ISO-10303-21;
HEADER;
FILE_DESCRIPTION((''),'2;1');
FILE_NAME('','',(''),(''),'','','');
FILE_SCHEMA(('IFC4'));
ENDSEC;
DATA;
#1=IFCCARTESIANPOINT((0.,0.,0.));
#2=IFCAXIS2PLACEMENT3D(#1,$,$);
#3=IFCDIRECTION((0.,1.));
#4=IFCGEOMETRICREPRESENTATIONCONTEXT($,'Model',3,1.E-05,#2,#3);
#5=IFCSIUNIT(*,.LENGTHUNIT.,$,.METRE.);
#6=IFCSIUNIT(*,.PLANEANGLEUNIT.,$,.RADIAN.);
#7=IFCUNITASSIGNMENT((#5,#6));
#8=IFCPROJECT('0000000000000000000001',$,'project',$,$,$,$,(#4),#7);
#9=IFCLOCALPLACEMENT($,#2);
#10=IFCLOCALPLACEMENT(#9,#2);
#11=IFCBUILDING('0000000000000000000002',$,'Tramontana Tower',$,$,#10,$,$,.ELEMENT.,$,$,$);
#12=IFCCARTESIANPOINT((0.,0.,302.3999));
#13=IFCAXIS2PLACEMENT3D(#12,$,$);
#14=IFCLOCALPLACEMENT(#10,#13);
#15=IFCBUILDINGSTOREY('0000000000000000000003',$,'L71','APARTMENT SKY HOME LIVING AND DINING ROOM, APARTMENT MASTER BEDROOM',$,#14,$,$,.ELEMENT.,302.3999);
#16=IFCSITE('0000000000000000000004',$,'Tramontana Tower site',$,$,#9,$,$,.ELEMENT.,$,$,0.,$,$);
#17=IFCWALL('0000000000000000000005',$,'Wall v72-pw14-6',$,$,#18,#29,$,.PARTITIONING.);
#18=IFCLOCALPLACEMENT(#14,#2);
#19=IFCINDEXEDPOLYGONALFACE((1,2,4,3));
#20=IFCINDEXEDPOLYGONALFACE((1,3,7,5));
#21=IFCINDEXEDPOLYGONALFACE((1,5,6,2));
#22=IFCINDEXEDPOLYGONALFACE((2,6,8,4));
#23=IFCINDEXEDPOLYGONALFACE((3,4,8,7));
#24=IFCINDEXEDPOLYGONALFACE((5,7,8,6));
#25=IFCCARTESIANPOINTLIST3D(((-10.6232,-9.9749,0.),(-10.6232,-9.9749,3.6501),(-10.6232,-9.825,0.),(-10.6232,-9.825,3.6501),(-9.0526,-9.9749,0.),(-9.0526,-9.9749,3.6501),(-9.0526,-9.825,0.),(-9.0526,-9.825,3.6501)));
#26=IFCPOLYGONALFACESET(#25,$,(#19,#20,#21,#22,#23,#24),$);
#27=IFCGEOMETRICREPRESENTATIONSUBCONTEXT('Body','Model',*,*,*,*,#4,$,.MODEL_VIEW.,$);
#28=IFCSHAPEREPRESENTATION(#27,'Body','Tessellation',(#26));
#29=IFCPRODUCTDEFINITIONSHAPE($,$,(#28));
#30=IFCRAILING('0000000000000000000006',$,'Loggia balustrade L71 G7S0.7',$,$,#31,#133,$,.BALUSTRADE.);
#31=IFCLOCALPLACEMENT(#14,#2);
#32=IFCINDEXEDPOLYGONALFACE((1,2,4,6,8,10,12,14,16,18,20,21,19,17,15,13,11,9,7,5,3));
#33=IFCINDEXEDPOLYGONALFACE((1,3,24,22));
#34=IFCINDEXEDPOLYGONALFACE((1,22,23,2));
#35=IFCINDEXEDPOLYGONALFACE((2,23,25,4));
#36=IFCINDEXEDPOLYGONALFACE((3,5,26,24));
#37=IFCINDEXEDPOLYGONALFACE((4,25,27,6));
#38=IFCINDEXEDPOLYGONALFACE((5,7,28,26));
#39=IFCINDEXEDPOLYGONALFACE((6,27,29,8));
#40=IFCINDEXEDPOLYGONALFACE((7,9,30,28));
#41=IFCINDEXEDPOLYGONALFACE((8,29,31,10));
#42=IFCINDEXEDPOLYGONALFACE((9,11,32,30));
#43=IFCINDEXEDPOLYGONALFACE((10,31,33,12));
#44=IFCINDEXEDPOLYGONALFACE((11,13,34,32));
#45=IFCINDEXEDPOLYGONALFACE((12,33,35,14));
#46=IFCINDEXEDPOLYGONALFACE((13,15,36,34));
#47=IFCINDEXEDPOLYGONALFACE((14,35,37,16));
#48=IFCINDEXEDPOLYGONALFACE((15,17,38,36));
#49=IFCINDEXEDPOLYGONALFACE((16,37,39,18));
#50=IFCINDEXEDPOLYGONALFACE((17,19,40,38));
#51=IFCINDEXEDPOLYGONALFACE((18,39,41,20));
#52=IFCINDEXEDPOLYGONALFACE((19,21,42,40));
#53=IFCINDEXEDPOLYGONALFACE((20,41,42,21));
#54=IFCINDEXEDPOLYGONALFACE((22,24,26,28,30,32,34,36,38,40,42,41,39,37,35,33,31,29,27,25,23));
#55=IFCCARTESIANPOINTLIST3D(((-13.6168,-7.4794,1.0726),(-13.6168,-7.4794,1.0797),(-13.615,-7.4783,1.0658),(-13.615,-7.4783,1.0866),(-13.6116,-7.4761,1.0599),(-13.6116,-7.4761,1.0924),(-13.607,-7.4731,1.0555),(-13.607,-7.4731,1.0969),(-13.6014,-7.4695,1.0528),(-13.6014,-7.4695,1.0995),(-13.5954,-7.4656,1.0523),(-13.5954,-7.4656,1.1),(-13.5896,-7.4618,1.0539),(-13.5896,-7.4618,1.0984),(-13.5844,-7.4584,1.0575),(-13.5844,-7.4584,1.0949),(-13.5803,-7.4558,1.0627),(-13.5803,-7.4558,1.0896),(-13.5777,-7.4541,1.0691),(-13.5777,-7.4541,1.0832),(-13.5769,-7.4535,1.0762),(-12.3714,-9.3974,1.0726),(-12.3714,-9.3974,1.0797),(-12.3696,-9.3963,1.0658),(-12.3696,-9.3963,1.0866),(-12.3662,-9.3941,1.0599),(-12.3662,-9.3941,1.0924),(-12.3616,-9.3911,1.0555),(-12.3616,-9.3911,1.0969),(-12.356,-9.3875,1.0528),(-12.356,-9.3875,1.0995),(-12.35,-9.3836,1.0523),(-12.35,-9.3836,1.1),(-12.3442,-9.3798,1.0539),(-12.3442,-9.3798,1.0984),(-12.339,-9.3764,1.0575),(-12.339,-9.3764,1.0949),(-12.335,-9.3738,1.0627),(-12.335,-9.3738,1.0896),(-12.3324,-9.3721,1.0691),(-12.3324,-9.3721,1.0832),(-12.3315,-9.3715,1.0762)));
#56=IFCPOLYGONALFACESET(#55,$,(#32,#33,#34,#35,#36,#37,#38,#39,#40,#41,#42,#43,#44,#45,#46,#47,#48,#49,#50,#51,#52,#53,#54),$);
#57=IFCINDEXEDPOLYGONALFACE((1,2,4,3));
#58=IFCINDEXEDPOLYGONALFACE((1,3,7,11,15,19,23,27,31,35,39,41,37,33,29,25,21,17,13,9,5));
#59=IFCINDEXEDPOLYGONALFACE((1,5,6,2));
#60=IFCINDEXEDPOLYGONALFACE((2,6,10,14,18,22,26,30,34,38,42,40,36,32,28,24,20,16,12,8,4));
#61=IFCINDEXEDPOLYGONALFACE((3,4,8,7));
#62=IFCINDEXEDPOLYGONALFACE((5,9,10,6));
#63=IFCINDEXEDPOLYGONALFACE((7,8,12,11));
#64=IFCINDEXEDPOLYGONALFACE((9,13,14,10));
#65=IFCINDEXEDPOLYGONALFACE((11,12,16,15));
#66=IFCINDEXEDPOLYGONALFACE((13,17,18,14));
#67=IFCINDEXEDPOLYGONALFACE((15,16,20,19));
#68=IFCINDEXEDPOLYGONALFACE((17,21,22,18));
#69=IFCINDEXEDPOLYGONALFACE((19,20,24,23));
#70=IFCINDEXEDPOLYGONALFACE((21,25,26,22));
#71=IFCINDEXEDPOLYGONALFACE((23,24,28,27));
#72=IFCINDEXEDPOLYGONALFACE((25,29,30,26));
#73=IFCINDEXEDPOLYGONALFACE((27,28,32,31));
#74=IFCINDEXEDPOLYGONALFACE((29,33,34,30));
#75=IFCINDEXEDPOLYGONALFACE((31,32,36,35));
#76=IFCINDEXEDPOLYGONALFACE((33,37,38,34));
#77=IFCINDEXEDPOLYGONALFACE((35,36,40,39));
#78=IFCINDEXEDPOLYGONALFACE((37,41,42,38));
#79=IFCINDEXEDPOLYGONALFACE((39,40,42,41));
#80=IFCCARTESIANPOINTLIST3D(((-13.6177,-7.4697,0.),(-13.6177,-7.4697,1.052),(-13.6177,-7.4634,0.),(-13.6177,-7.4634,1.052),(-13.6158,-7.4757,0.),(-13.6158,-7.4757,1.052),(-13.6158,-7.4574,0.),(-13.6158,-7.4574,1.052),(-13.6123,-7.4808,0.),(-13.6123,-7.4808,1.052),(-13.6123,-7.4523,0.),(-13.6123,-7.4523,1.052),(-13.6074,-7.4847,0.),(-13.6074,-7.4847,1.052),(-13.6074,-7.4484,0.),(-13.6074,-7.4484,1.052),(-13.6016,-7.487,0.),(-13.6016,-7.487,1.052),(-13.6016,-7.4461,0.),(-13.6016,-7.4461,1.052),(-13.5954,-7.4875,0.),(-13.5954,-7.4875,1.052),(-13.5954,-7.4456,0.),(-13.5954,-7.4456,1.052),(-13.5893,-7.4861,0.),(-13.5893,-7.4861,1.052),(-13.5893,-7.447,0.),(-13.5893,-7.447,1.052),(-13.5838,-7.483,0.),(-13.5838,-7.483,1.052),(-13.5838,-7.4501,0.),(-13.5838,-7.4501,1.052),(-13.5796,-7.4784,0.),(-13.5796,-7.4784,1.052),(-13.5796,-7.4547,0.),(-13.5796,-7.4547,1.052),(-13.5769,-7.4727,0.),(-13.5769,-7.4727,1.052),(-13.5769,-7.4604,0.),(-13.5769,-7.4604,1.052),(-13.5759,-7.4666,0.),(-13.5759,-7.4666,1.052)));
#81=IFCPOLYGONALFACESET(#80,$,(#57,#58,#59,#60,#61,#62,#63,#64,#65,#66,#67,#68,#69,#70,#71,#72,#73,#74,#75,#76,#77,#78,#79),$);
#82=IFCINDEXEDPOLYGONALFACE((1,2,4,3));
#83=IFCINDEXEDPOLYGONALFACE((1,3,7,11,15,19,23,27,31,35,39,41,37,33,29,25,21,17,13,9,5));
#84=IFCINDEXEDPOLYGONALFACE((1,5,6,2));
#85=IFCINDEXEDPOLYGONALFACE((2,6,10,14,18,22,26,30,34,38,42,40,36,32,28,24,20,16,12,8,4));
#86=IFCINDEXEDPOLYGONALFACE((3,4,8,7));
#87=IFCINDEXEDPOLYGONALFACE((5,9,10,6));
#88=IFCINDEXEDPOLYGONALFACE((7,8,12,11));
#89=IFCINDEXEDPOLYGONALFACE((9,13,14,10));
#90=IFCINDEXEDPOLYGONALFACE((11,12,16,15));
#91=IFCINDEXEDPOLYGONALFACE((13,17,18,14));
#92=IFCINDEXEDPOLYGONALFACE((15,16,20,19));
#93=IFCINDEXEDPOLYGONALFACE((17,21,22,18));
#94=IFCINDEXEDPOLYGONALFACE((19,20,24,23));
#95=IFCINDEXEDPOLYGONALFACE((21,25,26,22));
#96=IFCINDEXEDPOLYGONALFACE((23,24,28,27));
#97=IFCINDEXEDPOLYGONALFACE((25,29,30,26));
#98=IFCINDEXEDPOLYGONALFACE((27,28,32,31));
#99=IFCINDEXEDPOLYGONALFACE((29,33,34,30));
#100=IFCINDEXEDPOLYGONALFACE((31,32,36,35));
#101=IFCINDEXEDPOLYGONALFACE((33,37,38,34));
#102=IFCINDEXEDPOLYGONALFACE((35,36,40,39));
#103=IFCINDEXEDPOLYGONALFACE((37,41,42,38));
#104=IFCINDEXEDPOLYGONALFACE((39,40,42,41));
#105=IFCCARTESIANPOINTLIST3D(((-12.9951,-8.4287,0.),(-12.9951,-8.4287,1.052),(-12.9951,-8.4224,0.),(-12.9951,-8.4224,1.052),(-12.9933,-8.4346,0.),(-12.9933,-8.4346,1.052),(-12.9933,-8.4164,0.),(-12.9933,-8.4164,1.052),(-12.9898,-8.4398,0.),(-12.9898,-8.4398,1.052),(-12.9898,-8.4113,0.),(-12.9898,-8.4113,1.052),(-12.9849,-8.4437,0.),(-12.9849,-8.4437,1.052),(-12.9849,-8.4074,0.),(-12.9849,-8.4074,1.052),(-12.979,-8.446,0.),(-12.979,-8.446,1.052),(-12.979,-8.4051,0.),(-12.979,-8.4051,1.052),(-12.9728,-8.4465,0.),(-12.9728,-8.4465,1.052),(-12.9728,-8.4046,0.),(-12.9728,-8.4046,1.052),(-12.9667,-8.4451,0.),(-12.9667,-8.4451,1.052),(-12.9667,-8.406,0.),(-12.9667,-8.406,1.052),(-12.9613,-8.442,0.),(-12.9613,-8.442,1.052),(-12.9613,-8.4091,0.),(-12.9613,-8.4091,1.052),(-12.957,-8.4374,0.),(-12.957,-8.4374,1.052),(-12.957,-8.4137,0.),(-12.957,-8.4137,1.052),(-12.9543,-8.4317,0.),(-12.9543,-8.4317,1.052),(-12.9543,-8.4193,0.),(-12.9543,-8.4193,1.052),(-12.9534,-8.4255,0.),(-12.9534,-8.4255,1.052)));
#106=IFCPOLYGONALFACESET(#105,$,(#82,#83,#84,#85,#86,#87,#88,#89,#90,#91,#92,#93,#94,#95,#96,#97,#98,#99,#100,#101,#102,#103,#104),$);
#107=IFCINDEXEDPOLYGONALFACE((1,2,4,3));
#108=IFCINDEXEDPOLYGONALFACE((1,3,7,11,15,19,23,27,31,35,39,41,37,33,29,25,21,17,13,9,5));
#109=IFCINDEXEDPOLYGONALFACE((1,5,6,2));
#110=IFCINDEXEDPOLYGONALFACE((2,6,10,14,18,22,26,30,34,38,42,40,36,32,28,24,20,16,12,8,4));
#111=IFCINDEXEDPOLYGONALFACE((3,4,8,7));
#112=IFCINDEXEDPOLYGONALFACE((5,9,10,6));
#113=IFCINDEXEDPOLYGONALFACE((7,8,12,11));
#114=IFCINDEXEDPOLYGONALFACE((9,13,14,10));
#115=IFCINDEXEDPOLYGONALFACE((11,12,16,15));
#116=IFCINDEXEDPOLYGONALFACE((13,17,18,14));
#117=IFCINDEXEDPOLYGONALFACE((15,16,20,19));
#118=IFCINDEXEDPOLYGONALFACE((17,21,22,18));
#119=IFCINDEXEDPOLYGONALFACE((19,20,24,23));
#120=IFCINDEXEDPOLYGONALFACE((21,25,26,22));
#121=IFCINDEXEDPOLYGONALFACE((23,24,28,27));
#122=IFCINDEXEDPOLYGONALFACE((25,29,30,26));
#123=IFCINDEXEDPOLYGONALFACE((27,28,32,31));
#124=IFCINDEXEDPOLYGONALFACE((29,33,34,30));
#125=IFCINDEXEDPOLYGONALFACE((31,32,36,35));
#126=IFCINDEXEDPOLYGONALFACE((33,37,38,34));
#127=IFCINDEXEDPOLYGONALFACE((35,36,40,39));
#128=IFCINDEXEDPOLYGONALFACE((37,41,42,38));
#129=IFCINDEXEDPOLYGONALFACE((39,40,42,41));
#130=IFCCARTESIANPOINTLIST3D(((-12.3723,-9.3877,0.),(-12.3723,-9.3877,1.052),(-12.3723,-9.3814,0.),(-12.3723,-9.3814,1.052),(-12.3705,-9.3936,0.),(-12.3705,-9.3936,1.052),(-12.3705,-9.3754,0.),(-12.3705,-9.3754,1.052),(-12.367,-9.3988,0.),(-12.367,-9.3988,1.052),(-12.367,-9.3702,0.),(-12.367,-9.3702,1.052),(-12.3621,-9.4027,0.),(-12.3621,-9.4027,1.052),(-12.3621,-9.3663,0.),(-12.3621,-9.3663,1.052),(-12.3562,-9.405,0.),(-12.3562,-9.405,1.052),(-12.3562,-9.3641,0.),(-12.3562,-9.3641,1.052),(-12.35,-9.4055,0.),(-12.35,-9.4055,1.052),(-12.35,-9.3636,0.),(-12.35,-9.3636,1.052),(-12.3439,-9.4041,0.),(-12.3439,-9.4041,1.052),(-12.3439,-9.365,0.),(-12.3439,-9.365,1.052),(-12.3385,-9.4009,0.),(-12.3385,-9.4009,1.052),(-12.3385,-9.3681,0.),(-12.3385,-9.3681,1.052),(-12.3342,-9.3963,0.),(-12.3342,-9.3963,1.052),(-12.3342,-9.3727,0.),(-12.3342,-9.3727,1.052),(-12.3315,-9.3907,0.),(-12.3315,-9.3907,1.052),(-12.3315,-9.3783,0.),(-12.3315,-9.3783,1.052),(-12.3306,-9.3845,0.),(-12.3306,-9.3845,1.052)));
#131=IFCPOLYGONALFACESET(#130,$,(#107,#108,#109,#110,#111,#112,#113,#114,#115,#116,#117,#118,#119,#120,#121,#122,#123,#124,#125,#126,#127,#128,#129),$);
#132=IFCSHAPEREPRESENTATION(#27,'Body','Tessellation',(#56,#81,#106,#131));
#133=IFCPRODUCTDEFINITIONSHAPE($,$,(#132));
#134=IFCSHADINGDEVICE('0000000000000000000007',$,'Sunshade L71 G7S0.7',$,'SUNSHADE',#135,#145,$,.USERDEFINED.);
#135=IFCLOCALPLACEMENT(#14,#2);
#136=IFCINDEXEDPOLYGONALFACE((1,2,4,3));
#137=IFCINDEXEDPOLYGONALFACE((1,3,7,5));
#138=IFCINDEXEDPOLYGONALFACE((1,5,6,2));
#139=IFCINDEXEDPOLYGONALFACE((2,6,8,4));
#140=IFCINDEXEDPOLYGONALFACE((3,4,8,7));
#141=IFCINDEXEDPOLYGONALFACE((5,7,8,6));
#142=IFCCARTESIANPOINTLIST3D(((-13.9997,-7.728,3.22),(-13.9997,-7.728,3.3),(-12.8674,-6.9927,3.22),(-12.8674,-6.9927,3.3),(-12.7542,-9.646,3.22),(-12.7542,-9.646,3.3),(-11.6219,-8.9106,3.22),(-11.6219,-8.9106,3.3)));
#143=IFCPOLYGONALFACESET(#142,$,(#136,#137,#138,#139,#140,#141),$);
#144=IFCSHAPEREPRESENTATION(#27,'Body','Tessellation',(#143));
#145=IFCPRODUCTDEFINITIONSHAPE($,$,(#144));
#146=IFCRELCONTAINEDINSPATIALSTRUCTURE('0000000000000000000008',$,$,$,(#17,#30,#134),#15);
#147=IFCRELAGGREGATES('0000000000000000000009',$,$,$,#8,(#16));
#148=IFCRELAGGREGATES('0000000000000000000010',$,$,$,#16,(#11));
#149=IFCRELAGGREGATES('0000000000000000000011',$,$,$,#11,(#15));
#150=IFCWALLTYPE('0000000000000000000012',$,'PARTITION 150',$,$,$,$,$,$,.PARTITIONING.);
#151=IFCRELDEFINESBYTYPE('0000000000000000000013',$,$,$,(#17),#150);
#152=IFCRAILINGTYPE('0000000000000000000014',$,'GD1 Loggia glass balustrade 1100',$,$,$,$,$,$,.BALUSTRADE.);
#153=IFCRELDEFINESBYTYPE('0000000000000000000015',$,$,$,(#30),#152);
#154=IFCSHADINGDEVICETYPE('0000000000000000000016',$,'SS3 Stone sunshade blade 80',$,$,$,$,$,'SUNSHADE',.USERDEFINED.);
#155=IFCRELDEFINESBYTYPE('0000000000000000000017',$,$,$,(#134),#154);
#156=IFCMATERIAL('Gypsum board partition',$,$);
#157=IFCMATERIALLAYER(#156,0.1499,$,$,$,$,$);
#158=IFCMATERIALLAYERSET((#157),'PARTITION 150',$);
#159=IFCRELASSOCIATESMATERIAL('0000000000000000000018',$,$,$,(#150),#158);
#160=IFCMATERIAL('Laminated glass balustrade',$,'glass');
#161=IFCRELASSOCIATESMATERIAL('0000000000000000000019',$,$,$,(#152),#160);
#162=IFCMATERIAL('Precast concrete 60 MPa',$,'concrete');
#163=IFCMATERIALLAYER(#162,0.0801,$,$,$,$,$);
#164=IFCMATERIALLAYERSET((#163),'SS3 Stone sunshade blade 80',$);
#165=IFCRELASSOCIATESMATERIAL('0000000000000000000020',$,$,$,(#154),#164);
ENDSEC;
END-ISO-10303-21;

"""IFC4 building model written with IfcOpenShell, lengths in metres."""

from ifc_helpers import new_model, si_unit, direction, frame, frame_2d, origin, origin_2d, place, context, subcontext, project, spatial, rectangle, circle, extrude, material, layer, layer_set, type_object, element, save


model = new_model("IFC4")

# Units and contexts
model_context = context("Model", 3, precision=1e-05, world=origin(), true_north=direction((0.0, 1.0)))
body_context = subcontext(model_context, "Body", "Model", "MODEL_VIEW")
ifc_project = project(units=[si_unit("LENGTHUNIT", "METRE"), si_unit("PLANEANGLEUNIT", "RADIAN")], contexts=[model_context])

# Site, building, storey
site_placement = place(None, origin())
site = spatial("IfcSite", under=ifc_project, at=site_placement, Name="Tramontana Tower site", CompositionType="ELEMENT", RefElevation=0.0)
building_placement = place(site_placement, origin())
building = spatial("IfcBuilding", under=site, at=building_placement, Name="Tramontana Tower", CompositionType="ELEMENT")
storey_placement = place(building_placement, frame((0.0, 0.0, 302.3999)))
storey = spatial("IfcBuildingStorey", under=building, at=storey_placement, Name="L71", Description="APARTMENT SKY HOME LIVING AND DINING ROOM, APARTMENT MASTER BEDROOM", CompositionType="ELEMENT", Elevation=302.3999)

# Shared definitions
ifc_material_1 = material(Name="Gypsum board partition")
ifc_layer_1 = layer(ifc_material_1, 0.1499)
ifc_layer_set_1 = layer_set([ifc_layer_1], Name="PARTITION 150")
wall_type_1 = type_object("IfcWallType", Name="PARTITION 150", PredefinedType="PARTITIONING", material=ifc_layer_set_1)

# Wall
wall_1_placement = place(storey_placement, frame((-9.0527, -9.8999, 0.0), z_axis=(0.0, 0.0, 1.0), x_axis=(-1.0, 0.0, 0.0)))
element("IfcWall", 1, at=wall_1_placement, inside=storey, type_object=wall_type_1, Name="Wall v72-pw14-6", PredefinedType="PARTITIONING", context=body_context, shape_type="SweptSolid", body=[
    extrude(rectangle(XDim=1.5706, YDim=0.1499, at=frame_2d((0.7852, 0.0))), origin(), (0.0, 0.0, 1.0), 3.6501),
])

# Railing
ifc_material_2 = material(Name="Laminated glass balustrade", Category="glass")
railing_type = type_object("IfcRailingType", Name="GD1 Loggia glass balustrade 1100", PredefinedType="BALUSTRADE", material=ifc_material_2)
railing_placement = place(storey_placement, frame((-13.5969, -7.4666, 0.0)))
element("IfcRailing", 2, at=railing_placement, inside=storey, type_object=railing_type, Name="Loggia balustrade L71 G7S0.7", PredefinedType="BALUSTRADE", context=body_context, shape_type="SweptSolid", body=[
    extrude(circle(Radius=0.0239, at=origin_2d()), frame((0.0, 0.0, 1.0762), z_axis=(0.544583, -0.838707, 0.0), x_axis=(0.838707, 0.544583, 0.0)), (0.0, 0.0, 1.0), 2.2869),
    extrude(circle(Radius=0.021, at=origin_2d()), origin(), (0.0, 0.0, 1.0), 1.052),
    extrude(circle(Radius=0.021, at=origin_2d()), frame((0.6226, -0.959, 0.0)), (0.0, 0.0, 1.0), 1.052),
    extrude(circle(Radius=0.021, at=origin_2d()), frame((1.2454, -1.918, 0.0)), (0.0, 0.0, 1.0), 1.052),
])

# Shading device
ifc_material_3 = material(Name="Precast concrete 60 MPa", Category="concrete")
ifc_layer_2 = layer(ifc_material_3, 0.0801)
ifc_layer_set_2 = layer_set([ifc_layer_2], Name="SS3 Stone sunshade blade 80")
shading_device_type = type_object("IfcShadingDeviceType", Name="SS3 Stone sunshade blade 80", ElementType="SUNSHADE", PredefinedType="USERDEFINED", material=ifc_layer_set_2)
shading_device_placement = place(storey_placement, frame((-12.8108, -8.3193, 3.22), z_axis=(0.0, 0.0, 1.0), x_axis=(0.544639, -0.838671, 0.0)))
element("IfcShadingDevice", 3, at=shading_device_placement, inside=storey, type_object=shading_device_type, Name="Sunshade L71 G7S0.7", ObjectType="SUNSHADE", PredefinedType="USERDEFINED", context=body_context, shape_type="SweptSolid", body=[
    extrude(rectangle(XDim=2.2869, YDim=1.3501, at=origin_2d()), origin(), (0.0, 0.0, 1.0), 0.0801),
])

save(model, "model.ifc")
